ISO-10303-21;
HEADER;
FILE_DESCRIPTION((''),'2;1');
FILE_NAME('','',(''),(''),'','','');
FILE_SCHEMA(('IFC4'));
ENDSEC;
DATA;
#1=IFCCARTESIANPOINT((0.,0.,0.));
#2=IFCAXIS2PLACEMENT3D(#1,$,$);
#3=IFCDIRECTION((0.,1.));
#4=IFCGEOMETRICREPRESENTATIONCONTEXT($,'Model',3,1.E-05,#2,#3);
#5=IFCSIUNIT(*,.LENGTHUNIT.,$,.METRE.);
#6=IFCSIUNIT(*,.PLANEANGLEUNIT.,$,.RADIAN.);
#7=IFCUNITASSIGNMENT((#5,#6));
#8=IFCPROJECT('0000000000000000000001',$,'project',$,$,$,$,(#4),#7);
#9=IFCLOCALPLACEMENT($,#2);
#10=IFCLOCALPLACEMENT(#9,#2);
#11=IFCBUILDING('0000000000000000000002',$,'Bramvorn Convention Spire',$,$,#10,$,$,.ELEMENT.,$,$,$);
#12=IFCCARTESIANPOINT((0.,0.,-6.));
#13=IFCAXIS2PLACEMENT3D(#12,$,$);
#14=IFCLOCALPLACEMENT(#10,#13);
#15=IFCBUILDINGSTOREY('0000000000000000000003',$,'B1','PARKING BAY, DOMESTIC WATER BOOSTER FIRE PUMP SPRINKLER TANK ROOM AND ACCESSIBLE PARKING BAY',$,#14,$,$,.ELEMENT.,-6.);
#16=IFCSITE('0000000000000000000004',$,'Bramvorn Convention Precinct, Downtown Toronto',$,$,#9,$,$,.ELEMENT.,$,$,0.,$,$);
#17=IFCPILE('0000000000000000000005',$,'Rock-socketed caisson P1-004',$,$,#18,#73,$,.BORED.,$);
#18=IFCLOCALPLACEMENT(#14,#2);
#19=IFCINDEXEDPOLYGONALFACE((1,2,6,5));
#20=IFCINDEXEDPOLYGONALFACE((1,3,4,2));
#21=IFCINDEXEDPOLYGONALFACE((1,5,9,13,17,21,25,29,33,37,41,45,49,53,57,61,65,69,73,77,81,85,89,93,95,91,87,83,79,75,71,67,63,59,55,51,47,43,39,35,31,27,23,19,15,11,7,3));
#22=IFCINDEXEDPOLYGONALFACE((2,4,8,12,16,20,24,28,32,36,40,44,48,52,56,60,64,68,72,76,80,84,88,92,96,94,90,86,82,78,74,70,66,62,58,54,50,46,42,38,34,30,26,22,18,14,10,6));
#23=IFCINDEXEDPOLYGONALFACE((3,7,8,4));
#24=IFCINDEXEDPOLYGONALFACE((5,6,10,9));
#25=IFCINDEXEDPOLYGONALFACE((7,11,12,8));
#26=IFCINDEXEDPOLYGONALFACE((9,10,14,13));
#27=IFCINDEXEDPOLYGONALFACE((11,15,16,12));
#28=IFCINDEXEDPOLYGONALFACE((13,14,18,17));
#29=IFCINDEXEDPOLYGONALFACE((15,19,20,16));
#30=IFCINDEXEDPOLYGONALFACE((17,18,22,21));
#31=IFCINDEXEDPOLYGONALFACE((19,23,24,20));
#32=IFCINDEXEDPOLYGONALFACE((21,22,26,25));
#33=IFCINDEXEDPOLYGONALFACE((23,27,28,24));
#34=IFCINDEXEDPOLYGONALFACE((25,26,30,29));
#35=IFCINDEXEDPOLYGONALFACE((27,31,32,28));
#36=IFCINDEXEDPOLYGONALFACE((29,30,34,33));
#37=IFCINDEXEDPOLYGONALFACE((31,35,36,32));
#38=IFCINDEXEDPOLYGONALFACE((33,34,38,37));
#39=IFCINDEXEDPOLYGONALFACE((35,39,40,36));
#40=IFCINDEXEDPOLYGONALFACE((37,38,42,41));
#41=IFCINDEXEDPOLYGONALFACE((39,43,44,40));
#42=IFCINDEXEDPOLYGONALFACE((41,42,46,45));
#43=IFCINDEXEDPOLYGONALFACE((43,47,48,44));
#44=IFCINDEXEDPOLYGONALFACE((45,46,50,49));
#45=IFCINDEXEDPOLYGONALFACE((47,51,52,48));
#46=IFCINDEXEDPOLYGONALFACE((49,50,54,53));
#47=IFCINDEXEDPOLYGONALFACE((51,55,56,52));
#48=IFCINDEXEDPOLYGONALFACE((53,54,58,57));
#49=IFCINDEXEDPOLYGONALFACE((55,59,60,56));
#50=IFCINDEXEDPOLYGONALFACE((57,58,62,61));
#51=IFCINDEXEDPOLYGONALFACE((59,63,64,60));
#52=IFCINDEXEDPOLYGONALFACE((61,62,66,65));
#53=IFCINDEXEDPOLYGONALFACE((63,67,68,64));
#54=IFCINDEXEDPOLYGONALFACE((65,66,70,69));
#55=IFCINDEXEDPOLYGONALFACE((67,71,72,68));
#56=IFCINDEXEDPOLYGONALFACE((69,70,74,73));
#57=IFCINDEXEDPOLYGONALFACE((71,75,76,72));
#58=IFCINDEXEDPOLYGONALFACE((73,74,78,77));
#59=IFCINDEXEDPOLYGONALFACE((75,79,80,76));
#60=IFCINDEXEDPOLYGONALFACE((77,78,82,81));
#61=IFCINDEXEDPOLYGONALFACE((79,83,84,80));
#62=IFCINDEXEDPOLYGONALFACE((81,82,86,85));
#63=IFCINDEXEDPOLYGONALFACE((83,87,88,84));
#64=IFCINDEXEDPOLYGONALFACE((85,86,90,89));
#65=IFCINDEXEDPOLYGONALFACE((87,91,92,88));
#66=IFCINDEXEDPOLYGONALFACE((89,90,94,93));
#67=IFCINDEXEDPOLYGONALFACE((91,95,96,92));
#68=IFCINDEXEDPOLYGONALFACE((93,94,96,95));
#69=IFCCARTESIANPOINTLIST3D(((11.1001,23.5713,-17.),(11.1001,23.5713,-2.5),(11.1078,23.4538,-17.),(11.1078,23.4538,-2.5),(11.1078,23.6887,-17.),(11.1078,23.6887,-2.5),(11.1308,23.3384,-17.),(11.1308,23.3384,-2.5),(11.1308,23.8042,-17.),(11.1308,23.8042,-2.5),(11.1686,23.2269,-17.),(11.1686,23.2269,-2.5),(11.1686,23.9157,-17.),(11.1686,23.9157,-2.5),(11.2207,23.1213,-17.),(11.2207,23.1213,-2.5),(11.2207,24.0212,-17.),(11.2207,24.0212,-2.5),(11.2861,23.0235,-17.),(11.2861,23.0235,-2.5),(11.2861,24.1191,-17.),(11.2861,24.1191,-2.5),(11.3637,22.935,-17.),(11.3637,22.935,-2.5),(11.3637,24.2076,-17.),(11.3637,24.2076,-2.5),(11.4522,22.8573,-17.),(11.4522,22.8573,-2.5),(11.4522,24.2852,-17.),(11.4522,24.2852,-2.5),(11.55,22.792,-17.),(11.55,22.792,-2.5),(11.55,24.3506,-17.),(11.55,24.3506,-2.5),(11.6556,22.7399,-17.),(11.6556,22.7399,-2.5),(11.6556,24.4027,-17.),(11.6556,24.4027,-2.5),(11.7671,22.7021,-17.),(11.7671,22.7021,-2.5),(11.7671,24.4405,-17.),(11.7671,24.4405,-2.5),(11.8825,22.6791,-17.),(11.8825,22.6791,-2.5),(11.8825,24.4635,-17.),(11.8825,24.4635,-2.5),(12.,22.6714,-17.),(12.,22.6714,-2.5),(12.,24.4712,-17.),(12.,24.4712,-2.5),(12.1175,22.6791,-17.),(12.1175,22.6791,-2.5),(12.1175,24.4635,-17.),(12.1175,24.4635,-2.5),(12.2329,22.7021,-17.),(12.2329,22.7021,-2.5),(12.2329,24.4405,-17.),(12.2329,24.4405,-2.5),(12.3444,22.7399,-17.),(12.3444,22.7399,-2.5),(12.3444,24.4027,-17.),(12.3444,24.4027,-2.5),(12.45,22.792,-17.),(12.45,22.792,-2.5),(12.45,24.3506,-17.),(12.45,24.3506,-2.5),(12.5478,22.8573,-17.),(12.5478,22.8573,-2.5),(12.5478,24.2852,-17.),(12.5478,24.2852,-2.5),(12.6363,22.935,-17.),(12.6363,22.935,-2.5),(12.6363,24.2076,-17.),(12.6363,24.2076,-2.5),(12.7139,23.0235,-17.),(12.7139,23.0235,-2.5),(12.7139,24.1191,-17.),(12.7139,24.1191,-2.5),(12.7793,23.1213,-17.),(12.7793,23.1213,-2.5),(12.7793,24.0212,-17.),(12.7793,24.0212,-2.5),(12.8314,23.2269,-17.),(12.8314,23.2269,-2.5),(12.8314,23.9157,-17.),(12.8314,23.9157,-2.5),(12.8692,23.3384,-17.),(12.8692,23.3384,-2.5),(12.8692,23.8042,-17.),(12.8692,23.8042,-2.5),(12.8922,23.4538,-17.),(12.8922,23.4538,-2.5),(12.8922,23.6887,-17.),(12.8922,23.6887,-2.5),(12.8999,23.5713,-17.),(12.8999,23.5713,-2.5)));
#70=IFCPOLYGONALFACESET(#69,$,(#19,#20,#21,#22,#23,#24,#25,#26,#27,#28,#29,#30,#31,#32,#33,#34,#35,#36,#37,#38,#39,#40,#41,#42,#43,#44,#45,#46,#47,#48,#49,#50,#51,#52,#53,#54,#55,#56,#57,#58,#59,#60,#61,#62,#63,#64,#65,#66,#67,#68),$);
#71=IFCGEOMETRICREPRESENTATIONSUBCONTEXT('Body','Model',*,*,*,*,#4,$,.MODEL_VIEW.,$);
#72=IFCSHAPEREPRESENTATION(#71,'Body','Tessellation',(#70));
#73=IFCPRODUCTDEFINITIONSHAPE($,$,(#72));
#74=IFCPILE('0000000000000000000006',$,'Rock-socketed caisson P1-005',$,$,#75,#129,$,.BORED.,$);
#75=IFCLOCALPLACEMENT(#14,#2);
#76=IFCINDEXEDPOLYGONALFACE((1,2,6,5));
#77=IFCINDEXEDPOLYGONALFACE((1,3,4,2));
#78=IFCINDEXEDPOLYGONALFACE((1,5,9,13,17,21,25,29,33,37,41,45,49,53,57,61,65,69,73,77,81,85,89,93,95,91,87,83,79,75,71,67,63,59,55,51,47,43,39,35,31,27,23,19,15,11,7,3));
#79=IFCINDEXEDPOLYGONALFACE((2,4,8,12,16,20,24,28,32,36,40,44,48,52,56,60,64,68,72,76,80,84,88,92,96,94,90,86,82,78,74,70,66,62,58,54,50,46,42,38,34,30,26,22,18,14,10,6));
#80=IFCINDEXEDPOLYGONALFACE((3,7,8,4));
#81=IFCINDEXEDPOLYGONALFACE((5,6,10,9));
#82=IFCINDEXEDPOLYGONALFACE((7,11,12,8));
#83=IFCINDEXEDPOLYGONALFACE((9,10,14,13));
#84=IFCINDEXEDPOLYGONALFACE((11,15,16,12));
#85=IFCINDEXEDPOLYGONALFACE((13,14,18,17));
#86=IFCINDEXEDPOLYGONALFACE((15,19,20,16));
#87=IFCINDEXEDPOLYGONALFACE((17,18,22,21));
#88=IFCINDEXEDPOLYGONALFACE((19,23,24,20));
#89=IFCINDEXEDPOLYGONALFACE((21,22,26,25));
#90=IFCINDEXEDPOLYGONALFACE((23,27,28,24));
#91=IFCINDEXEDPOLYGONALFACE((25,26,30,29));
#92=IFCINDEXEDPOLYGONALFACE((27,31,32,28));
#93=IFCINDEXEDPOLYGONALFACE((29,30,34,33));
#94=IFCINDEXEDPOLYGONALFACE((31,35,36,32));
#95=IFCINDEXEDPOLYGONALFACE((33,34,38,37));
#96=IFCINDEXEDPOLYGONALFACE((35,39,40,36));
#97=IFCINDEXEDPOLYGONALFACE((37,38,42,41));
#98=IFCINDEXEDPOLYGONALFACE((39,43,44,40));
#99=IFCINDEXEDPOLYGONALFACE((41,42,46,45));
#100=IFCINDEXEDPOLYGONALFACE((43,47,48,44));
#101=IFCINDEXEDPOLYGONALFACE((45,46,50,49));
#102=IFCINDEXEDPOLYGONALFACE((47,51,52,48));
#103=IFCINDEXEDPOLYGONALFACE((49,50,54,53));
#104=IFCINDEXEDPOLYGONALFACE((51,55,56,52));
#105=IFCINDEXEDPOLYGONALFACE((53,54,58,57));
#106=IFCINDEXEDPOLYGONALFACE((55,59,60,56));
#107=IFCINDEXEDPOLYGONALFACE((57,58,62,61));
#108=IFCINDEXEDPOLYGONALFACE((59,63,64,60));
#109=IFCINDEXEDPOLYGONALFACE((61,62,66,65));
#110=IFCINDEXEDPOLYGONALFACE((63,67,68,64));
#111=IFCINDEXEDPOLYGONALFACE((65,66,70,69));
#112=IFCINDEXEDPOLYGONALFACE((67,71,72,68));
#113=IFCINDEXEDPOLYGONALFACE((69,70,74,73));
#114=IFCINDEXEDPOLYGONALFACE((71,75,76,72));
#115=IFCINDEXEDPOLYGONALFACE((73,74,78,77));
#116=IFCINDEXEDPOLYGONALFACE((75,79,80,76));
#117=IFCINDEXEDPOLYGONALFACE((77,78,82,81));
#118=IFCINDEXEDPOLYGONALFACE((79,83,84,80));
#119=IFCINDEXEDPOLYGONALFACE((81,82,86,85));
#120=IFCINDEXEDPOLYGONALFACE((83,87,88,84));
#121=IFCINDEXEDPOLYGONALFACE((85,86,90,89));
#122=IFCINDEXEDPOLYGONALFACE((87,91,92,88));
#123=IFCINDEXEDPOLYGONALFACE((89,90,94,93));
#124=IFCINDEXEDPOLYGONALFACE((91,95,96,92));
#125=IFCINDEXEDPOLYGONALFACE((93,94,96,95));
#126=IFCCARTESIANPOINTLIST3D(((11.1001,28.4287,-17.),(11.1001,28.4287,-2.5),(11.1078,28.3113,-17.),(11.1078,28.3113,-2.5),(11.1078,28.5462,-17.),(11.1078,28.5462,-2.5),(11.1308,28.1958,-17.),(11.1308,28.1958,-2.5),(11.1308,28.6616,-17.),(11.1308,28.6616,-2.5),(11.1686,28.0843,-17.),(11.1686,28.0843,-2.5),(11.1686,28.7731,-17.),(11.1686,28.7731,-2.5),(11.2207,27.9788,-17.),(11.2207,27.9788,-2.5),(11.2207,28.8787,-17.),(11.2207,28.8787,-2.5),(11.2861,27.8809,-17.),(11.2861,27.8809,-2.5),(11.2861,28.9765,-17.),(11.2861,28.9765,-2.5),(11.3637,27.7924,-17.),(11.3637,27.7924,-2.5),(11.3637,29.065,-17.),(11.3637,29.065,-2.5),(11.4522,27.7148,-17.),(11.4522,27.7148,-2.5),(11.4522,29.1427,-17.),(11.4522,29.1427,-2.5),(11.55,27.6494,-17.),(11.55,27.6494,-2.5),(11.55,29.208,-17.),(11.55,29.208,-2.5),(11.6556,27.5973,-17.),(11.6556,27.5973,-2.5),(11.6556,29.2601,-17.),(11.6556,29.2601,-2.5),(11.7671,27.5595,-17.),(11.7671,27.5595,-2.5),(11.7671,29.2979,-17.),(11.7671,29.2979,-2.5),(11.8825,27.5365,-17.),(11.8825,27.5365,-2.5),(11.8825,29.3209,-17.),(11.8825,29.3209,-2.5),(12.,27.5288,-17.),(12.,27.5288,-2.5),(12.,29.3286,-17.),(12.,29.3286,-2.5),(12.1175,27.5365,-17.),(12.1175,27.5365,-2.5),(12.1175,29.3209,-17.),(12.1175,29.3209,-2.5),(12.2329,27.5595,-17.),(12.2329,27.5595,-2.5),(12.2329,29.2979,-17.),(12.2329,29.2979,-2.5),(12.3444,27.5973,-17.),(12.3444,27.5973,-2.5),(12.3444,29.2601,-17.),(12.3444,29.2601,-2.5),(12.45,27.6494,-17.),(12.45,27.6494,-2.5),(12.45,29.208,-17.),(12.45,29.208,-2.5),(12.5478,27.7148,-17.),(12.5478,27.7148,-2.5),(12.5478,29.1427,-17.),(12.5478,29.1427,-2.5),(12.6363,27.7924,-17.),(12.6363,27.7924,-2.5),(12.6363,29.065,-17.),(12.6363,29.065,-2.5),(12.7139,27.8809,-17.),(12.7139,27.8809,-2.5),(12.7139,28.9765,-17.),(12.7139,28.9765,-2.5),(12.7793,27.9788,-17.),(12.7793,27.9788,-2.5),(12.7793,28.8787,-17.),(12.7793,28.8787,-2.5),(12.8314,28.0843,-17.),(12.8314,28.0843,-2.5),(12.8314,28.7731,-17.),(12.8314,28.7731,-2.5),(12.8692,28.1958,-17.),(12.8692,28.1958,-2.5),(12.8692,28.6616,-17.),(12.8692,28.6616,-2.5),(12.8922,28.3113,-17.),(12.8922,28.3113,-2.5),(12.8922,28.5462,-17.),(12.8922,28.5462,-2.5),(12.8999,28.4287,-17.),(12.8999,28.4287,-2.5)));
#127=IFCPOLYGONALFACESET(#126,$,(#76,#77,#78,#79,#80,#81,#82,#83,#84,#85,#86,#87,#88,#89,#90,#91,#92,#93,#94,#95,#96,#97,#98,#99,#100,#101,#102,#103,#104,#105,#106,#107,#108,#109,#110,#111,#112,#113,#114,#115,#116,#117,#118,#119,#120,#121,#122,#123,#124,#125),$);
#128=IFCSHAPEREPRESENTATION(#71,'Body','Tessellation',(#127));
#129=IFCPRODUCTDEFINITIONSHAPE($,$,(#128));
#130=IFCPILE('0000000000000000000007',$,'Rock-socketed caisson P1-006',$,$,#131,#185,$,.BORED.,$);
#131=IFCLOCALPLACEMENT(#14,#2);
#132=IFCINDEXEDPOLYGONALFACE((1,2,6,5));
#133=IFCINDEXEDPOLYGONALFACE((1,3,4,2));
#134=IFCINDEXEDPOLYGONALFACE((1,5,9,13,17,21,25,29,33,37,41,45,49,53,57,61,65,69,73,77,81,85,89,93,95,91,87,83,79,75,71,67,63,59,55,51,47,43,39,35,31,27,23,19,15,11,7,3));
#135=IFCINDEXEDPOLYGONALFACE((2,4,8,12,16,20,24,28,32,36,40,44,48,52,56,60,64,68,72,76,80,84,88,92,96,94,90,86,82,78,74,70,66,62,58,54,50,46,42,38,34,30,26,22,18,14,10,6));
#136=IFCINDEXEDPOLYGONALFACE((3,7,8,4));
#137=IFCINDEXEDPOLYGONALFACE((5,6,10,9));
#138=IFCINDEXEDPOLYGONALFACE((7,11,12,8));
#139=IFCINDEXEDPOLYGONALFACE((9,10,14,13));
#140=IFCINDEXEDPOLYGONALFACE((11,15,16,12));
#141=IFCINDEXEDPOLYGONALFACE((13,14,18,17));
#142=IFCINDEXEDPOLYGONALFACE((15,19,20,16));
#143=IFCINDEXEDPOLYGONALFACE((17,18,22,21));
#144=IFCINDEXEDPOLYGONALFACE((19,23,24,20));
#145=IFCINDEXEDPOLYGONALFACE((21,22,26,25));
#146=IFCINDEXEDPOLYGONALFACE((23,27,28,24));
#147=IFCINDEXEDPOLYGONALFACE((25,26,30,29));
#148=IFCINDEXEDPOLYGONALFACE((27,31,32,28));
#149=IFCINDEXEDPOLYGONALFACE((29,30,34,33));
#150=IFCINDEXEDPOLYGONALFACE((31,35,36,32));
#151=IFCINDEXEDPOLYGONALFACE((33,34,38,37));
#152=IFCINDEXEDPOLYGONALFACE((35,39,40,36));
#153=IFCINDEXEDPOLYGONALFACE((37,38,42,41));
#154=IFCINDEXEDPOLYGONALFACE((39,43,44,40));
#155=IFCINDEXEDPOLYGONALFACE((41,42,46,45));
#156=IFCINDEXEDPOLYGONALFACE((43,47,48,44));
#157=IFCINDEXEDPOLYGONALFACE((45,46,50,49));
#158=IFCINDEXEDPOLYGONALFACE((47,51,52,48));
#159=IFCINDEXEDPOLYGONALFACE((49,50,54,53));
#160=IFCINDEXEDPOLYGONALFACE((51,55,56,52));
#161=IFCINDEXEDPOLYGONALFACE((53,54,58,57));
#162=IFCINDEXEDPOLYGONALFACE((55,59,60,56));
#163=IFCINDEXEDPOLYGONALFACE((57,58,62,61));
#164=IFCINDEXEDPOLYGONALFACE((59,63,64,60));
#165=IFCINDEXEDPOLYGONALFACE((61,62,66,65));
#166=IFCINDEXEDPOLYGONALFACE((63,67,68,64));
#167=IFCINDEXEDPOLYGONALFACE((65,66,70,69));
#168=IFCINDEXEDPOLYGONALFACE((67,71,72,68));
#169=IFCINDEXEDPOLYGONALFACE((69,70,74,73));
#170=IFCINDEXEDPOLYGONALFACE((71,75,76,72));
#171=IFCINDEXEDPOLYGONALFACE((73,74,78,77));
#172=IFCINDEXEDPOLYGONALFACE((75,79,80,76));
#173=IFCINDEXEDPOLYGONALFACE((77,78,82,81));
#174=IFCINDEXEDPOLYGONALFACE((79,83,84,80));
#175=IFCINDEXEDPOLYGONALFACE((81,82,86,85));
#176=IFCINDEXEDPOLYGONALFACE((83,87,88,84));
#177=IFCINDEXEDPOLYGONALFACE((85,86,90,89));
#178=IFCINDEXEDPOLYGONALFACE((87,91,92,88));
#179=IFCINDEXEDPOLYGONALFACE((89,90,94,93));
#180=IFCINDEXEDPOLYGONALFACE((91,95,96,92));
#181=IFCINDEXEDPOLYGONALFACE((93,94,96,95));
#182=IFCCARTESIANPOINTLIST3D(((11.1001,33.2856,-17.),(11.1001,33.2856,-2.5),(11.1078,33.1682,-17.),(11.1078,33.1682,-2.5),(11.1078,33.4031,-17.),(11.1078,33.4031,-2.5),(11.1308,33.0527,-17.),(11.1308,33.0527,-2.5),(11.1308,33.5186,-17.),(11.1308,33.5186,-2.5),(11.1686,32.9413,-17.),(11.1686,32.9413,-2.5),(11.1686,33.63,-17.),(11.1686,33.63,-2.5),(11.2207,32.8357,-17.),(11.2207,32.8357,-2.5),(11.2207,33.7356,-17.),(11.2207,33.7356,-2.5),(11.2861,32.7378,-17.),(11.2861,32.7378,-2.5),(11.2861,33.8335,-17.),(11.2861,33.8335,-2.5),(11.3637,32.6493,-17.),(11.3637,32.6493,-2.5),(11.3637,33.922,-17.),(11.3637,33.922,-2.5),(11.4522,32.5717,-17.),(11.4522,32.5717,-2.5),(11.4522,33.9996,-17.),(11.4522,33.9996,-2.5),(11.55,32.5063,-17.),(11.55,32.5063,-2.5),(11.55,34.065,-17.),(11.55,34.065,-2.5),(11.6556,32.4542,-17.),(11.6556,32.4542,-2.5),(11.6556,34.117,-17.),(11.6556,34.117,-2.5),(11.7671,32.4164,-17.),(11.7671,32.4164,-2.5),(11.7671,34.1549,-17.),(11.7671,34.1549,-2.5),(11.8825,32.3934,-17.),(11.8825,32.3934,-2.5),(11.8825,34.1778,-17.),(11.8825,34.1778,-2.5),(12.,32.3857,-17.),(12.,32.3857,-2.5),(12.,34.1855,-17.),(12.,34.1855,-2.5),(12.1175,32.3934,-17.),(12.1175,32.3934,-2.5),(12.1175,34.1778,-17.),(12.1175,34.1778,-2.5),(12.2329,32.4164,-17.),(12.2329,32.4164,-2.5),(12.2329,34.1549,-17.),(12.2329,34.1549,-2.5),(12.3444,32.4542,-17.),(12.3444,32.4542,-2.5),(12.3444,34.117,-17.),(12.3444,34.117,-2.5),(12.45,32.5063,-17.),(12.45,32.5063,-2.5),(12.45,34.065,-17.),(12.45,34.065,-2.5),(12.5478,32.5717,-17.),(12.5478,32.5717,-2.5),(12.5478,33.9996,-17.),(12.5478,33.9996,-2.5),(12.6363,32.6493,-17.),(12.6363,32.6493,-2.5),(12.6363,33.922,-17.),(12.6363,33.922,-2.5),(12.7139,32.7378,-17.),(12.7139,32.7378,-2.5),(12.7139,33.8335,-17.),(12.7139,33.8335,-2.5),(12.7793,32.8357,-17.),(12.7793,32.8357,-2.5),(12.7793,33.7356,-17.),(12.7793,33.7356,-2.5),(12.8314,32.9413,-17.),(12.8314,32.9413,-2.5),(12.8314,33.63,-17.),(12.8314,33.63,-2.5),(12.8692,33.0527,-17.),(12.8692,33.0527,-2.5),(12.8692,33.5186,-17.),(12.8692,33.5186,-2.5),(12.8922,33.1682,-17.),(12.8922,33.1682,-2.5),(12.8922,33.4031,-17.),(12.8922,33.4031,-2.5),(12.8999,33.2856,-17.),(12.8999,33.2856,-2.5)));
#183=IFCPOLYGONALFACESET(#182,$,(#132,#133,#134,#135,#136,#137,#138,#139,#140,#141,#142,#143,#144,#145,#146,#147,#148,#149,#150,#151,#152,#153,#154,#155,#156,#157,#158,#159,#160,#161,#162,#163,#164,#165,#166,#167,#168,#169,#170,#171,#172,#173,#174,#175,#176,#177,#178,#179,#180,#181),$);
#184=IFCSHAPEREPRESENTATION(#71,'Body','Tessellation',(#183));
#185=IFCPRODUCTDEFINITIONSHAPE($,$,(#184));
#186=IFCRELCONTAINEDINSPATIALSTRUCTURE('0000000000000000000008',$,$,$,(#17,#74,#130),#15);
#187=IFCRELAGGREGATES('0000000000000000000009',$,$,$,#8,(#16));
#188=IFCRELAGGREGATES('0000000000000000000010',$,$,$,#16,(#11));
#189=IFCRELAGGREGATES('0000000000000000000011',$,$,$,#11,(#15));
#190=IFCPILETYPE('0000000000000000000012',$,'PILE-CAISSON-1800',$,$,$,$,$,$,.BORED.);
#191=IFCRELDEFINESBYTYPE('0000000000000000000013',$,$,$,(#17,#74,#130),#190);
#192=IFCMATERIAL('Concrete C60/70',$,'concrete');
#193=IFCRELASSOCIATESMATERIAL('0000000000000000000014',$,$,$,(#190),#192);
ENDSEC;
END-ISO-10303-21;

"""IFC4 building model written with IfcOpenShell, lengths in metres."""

from ifc_helpers import new_model, si_unit, direction, frame, origin, origin_2d, place, context, subcontext, project, spatial, circle, extrude, material, material_profile, profile_set, type_object, element, save


model = new_model("IFC4")

# Units and contexts
model_context = context("Model", 3, precision=1e-05, world=origin(), true_north=direction((0.0, 1.0)))
body_context = subcontext(model_context, "Body", "Model", "MODEL_VIEW")
ifc_project = project(units=[si_unit("LENGTHUNIT", "METRE"), si_unit("PLANEANGLEUNIT", "RADIAN")], contexts=[model_context])

# Site, building, storey
site_placement = place(None, origin())
site = spatial("IfcSite", under=ifc_project, at=site_placement, Name="Bramvorn Convention Precinct, Downtown Toronto", CompositionType="ELEMENT", RefElevation=0.0)
building_placement = place(site_placement, origin())
building = spatial("IfcBuilding", under=site, at=building_placement, Name="Bramvorn Convention Spire", CompositionType="ELEMENT")
storey_placement = place(building_placement, frame((0.0, 0.0, -6.0)))
storey = spatial("IfcBuildingStorey", under=building, at=storey_placement, Name="B1", Description="PARKING BAY, DOMESTIC WATER BOOSTER FIRE PUMP SPRINKLER TANK ROOM AND ACCESSIBLE PARKING BAY", CompositionType="ELEMENT", Elevation=-6.0)

# Shared definitions
ifc_material_1 = material(Name="Concrete C60/70", Category="concrete")

# Piles
ifc_material_profile_1 = material_profile(ifc_material_1, circle(Radius=0.8999, at=origin_2d()))
ifc_profile_set_1 = profile_set([ifc_material_profile_1], Name="Concrete C60/70 - CAISSON1800")
pile_type_1 = type_object("IfcPileType", Name="PILE-CAISSON-1800", PredefinedType="BORED", material=ifc_profile_set_1)
for number, where, z_axis, x_axis, name in (
    (1, (12.0, 23.5713, -2.5), (0.0, 0.0, -1.0), (1.0, 0.0, 0.0), "Rock-socketed caisson P1-004"),
    (2, (12.0, 28.4287, -2.5), (0.0, 0.0, -1.0), (1.0, 0.0, 0.0), "Rock-socketed caisson P1-005"),
    (3, (12.0, 33.2856, -2.5), (0.0, 0.0, -1.0), (1.0, 0.0, 0.0), "Rock-socketed caisson P1-006"),
):
    element("IfcPile", number, at=place(storey_placement, frame(where, z_axis=z_axis, x_axis=x_axis)), inside=storey, type_object=pile_type_1, Name=name, PredefinedType="BORED", context=body_context, shape_type="SweptSolid", body=[
        extrude(circle(Radius=0.8999, at=origin_2d()), origin(), (0.0, 0.0, 1.0), 14.5),
    ])

save(model, "model.ifc")
